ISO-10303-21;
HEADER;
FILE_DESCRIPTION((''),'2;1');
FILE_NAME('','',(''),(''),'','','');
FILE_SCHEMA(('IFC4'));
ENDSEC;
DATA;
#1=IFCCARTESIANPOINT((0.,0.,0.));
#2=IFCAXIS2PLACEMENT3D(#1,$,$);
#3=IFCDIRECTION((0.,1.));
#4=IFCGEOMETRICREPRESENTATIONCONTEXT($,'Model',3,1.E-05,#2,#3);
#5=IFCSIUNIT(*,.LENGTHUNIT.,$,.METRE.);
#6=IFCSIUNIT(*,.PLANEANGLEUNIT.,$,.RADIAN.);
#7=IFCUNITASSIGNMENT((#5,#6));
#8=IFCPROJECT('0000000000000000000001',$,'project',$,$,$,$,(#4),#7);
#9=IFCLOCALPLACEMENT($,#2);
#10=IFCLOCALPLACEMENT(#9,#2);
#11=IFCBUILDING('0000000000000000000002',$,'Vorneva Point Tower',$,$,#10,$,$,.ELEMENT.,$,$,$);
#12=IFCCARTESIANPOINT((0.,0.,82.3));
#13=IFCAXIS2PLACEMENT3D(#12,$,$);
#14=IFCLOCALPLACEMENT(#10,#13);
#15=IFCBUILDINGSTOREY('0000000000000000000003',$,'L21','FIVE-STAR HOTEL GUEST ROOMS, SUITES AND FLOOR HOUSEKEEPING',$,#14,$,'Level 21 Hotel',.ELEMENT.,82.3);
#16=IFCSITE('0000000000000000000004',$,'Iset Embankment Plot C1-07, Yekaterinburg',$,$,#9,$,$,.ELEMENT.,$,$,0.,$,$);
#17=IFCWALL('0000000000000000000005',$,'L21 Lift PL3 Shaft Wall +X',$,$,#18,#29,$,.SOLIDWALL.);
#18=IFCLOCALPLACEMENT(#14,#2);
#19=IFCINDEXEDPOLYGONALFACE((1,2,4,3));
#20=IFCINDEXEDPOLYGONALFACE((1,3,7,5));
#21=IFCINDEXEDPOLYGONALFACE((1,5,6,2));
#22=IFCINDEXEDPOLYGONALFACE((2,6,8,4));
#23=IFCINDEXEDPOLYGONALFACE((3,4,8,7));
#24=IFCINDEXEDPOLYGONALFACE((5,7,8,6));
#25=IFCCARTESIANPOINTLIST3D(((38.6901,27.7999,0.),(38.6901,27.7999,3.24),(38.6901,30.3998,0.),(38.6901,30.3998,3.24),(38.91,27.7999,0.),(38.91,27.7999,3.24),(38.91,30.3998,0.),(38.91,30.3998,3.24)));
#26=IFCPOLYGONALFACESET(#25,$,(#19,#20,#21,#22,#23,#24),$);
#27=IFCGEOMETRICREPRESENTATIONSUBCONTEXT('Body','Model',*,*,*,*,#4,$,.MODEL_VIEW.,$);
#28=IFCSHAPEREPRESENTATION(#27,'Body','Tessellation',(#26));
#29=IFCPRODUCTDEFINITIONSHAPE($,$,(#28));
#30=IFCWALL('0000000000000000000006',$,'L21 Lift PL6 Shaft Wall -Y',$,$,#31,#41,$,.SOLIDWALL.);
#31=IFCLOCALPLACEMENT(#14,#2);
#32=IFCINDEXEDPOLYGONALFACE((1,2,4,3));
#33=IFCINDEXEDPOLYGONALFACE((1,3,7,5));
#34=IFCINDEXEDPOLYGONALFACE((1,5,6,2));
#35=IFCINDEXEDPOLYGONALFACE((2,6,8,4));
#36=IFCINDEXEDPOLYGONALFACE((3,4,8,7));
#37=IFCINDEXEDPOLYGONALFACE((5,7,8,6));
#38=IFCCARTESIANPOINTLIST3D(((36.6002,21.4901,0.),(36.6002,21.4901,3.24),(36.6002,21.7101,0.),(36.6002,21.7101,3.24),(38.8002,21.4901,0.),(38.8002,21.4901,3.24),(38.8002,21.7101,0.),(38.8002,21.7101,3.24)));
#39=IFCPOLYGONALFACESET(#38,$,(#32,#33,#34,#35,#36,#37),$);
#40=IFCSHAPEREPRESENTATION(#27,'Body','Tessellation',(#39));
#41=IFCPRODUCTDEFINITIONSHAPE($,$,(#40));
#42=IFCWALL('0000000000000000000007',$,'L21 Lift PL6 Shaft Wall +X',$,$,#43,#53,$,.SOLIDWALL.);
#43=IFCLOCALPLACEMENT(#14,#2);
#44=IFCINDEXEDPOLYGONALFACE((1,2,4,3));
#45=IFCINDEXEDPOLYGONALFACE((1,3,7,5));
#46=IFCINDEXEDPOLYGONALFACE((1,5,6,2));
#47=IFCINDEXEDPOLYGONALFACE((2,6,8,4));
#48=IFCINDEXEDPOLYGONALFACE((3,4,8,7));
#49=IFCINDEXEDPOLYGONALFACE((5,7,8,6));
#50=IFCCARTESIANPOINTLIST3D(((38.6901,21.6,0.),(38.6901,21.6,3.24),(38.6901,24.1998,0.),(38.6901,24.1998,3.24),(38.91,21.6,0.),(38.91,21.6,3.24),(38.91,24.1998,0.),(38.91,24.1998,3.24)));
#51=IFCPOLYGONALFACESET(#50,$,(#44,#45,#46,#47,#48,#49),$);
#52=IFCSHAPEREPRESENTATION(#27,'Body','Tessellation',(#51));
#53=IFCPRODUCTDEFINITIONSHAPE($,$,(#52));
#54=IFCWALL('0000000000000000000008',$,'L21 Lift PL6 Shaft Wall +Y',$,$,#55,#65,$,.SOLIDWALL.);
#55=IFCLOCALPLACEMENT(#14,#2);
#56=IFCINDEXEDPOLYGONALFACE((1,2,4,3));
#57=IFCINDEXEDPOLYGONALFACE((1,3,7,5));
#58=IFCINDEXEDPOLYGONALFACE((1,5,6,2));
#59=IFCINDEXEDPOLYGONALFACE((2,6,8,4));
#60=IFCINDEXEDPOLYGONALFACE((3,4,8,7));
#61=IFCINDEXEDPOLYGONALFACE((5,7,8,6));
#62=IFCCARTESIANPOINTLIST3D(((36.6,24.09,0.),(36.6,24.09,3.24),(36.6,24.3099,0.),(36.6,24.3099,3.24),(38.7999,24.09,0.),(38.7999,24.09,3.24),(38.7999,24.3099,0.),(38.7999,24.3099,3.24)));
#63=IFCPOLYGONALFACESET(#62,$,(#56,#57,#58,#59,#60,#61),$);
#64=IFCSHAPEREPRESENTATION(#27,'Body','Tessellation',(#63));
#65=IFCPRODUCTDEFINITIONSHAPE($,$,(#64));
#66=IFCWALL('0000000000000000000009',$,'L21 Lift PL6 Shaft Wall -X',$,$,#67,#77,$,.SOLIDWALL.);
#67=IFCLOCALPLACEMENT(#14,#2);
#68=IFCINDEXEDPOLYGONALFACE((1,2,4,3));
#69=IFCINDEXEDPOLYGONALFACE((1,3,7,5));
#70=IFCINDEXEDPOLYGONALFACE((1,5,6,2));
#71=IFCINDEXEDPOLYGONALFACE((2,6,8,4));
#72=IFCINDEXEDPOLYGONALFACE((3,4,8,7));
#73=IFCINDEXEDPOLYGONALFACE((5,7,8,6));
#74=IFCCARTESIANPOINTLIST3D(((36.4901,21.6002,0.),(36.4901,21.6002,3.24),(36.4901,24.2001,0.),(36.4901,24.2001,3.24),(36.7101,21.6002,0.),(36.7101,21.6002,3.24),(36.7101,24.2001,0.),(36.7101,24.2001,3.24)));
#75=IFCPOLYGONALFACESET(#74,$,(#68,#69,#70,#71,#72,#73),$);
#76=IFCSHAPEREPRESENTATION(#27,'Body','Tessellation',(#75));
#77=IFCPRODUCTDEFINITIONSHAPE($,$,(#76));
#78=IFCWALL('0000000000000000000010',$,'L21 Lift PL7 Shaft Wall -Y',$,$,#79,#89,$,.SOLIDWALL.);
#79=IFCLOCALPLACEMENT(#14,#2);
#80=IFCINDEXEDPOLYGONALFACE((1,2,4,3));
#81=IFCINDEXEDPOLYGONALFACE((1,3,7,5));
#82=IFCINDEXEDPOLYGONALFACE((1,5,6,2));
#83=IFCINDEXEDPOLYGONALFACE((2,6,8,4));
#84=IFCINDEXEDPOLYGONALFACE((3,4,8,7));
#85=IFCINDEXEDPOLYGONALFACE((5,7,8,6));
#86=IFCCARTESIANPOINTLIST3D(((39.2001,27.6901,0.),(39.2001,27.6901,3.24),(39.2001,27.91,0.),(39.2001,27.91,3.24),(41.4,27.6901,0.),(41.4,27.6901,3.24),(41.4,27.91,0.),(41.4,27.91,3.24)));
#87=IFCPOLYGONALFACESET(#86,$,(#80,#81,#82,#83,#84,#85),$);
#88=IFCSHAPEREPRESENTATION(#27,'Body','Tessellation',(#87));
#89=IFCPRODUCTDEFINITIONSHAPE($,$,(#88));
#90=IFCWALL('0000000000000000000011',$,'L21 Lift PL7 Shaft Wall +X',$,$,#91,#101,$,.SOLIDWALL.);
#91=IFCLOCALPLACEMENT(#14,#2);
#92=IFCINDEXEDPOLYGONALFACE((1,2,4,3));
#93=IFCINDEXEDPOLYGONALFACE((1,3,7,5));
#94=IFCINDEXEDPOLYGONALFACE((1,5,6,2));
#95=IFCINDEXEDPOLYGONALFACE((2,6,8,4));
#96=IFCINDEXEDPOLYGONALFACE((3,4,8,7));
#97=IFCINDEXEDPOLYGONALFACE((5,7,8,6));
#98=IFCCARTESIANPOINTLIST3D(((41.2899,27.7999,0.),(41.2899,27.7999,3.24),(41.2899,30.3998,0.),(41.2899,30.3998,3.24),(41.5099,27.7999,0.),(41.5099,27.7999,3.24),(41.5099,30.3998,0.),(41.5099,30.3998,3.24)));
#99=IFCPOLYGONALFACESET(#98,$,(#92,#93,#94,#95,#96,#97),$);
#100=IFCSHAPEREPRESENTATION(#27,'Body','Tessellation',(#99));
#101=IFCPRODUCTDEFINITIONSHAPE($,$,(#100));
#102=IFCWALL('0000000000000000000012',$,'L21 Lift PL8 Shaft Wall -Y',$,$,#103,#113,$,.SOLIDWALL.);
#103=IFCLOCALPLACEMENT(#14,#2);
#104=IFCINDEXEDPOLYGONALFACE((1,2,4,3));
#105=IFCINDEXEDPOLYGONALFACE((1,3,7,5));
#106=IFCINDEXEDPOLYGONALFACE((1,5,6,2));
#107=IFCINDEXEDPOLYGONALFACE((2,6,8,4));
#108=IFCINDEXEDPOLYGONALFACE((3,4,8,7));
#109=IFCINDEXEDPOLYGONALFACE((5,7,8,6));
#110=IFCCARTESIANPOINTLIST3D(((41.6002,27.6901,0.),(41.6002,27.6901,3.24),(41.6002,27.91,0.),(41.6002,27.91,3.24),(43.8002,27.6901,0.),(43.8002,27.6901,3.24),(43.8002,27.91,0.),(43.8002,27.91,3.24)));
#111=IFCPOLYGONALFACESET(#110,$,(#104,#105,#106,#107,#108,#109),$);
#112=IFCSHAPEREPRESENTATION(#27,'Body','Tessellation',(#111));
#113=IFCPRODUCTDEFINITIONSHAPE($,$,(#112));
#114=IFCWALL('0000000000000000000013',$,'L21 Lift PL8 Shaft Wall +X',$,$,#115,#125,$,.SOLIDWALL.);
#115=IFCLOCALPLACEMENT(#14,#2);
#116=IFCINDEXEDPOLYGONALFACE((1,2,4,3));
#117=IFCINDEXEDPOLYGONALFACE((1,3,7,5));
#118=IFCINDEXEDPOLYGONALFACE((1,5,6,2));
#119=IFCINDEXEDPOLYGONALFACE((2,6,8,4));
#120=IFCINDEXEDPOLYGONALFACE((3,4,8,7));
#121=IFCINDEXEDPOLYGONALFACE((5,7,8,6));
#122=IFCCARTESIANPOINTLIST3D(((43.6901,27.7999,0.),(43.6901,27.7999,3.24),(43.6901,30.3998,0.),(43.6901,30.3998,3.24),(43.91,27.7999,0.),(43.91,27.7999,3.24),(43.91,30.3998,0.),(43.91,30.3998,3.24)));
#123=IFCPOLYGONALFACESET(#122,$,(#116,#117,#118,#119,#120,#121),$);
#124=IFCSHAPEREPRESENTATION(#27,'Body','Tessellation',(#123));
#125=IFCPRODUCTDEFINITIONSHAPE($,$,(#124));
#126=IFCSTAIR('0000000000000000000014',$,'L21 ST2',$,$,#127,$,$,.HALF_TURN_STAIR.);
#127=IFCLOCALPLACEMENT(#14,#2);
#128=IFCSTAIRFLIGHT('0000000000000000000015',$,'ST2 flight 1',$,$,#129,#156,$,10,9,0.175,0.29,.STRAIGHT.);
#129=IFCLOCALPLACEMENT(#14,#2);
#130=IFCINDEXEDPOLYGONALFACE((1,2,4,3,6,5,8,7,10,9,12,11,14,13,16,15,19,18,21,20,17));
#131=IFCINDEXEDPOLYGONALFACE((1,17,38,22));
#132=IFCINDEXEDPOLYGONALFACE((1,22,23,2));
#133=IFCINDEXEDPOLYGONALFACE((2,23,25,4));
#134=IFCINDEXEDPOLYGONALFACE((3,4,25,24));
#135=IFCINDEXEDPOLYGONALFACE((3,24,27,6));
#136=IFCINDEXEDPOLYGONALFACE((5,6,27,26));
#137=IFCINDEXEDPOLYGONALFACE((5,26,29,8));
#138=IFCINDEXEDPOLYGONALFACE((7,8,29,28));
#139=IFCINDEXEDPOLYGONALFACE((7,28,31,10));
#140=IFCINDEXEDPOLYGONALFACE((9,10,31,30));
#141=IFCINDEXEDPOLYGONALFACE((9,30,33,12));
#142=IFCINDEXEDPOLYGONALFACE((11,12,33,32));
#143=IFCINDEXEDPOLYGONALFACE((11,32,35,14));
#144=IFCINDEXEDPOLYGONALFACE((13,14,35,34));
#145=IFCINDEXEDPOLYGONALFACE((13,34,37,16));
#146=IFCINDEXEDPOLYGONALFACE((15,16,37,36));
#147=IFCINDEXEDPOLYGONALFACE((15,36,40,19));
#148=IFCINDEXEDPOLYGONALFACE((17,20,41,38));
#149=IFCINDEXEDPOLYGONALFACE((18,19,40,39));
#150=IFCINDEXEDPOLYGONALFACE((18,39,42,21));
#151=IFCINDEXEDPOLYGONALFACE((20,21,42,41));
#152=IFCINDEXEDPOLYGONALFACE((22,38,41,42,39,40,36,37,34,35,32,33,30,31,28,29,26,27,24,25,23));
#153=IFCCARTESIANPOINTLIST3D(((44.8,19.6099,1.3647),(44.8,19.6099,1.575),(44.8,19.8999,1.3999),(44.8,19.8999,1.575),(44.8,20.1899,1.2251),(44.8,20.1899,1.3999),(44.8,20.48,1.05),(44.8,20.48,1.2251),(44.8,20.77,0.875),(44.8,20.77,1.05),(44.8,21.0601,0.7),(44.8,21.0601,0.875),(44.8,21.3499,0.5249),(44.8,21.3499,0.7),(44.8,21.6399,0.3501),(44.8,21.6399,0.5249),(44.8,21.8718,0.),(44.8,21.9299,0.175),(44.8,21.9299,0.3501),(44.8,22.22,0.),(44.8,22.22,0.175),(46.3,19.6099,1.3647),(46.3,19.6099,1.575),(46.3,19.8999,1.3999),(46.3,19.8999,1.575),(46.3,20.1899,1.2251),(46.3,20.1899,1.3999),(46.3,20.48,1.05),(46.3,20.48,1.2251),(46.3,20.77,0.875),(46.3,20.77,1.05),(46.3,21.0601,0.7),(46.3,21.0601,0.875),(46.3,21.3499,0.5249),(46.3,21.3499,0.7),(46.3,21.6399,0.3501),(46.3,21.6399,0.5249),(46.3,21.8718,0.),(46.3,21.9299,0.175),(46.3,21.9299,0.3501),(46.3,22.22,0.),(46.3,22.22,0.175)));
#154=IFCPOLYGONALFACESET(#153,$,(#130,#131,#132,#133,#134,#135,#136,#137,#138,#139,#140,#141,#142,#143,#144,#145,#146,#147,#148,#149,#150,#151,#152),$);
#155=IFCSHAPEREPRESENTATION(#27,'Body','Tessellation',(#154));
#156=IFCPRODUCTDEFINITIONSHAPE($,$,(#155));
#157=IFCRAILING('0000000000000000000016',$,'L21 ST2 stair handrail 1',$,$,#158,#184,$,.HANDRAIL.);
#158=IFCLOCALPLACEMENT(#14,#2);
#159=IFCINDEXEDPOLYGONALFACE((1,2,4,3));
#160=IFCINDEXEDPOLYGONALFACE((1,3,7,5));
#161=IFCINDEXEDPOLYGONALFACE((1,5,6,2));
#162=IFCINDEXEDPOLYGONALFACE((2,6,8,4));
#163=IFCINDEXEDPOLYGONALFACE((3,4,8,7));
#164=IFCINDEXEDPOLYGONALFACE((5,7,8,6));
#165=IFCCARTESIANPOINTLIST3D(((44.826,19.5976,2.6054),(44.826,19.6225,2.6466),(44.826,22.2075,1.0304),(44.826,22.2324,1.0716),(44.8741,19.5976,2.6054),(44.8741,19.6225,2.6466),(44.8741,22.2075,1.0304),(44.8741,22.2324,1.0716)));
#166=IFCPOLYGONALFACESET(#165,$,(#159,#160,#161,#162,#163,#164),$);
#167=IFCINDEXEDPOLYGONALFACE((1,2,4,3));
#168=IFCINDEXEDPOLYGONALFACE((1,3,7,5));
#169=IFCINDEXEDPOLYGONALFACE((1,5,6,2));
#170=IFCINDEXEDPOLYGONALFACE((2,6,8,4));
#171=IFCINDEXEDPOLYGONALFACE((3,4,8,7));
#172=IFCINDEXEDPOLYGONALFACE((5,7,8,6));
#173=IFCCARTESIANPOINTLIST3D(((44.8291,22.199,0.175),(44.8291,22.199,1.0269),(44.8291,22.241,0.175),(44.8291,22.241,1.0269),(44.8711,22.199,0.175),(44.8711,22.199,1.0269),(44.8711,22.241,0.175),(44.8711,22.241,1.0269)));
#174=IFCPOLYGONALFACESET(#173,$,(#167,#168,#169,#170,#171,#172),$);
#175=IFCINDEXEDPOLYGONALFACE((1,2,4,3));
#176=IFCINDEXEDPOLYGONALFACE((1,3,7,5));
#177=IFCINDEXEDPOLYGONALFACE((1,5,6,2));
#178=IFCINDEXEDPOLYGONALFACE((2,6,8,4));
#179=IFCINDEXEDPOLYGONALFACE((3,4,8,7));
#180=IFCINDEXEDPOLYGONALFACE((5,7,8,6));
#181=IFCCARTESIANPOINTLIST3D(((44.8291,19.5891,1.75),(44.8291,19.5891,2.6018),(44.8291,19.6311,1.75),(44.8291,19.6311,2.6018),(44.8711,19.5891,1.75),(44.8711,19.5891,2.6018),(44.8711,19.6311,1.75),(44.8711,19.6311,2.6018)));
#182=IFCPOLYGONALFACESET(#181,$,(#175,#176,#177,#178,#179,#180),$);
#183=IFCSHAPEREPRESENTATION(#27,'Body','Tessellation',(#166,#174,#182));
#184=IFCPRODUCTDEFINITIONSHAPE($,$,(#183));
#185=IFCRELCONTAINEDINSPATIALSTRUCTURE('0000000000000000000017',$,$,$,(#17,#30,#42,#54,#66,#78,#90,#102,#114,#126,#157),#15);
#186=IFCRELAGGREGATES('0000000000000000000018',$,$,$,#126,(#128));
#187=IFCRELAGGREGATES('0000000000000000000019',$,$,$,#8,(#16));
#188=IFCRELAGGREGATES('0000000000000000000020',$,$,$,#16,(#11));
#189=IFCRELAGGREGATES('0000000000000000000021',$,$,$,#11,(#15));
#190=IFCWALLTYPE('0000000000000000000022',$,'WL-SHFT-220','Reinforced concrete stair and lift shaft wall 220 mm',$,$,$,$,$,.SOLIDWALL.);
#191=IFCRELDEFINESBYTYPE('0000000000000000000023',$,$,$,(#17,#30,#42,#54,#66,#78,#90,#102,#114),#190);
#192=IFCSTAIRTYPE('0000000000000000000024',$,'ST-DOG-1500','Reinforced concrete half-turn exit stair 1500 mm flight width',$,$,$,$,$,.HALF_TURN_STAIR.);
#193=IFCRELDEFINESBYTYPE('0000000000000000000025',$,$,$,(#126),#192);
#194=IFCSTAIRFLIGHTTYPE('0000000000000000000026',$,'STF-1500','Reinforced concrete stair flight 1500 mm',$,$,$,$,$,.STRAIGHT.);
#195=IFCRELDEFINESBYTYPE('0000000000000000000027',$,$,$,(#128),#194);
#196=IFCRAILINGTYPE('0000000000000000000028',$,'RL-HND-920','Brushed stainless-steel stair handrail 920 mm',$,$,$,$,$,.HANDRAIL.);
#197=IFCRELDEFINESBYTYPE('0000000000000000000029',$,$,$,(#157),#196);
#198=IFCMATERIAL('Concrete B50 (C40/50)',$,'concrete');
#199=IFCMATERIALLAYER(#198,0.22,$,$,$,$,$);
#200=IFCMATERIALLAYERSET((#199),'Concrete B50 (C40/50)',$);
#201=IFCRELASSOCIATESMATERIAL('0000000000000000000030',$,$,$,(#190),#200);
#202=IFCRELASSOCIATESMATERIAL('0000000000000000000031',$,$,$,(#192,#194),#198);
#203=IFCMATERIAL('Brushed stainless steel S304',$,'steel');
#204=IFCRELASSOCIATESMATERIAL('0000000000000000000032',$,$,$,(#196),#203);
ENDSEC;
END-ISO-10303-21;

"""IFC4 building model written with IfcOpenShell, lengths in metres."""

from ifc_helpers import new_model, si_unit, direction, frame, frame_2d, origin, origin_2d, place, context, subcontext, project, spatial, polyline, rectangle, outline, extrude, material, layer, layer_set, type_object, element, aggregate, save


model = new_model("IFC4")

# Units and contexts
model_context = context("Model", 3, precision=1e-05, world=origin(), true_north=direction((0.0, 1.0)))
body_context = subcontext(model_context, "Body", "Model", "MODEL_VIEW")
ifc_project = project(units=[si_unit("LENGTHUNIT", "METRE"), si_unit("PLANEANGLEUNIT", "RADIAN")], contexts=[model_context])

# Site, building, storey
site_placement = place(None, origin())
site = spatial("IfcSite", under=ifc_project, at=site_placement, Name="Iset Embankment Plot C1-07, Yekaterinburg", CompositionType="ELEMENT", RefElevation=0.0)
building_placement = place(site_placement, origin())
building = spatial("IfcBuilding", under=site, at=building_placement, Name="Vorneva Point Tower", CompositionType="ELEMENT")
storey_placement = place(building_placement, frame((0.0, 0.0, 82.3)))
storey = spatial("IfcBuildingStorey", under=building, at=storey_placement, Name="L21", Description="FIVE-STAR HOTEL GUEST ROOMS, SUITES AND FLOOR HOUSEKEEPING", LongName="Level 21 Hotel", CompositionType="ELEMENT", Elevation=82.3)

# Shared definitions
ifc_material_1 = material(Name="Concrete B50 (C40/50)", Category="concrete")
ifc_layer_1 = layer(ifc_material_1, 0.22)
ifc_layer_set_1 = layer_set([ifc_layer_1], Name="Concrete B50 (C40/50)")
wall_type_1 = type_object("IfcWallType", Name="WL-SHFT-220", Description="Reinforced concrete stair and lift shaft wall 220 mm", PredefinedType="SOLIDWALL", material=ifc_layer_set_1)
ifc_material_2 = material(Name="Brushed stainless steel S304", Category="steel")

# Walls
wall_1_placement = place(storey_placement, frame((38.8, 27.8, 0.0), z_axis=(0.0, 0.0, 1.0), x_axis=(0.0, 1.0, 0.0)))
element("IfcWall", 1, at=wall_1_placement, inside=storey, type_object=wall_type_1, Name="L21 Lift PL3 Shaft Wall +X", PredefinedType="SOLIDWALL", context=body_context, shape_type="SweptSolid", body=[
    extrude(rectangle(XDim=2.5999, YDim=0.22, at=frame_2d((1.2998, 0.0))), origin(), (0.0, 0.0, 1.0), 3.24),
])
wall_2_placement = place(storey_placement, frame((36.6001, 21.6001, 0.0), z_axis=(0.0, 0.0, 1.0), x_axis=(1.0, 0.0, 0.0)))
element("IfcWall", 2, at=wall_2_placement, inside=storey, type_object=wall_type_1, Name="L21 Lift PL6 Shaft Wall -Y", PredefinedType="SOLIDWALL", context=body_context, shape_type="SweptSolid", body=[
    extrude(rectangle(XDim=2.2, YDim=0.22, at=frame_2d((1.1001, 0.0))), origin(), (0.0, 0.0, 1.0), 3.24),
])
wall_3_placement = place(storey_placement, frame((38.8, 21.6001, 0.0), z_axis=(0.0, 0.0, 1.0), x_axis=(0.0, 1.0, 0.0)))
element("IfcWall", 3, at=wall_3_placement, inside=storey, type_object=wall_type_1, Name="L21 Lift PL6 Shaft Wall +X", PredefinedType="SOLIDWALL", context=body_context, shape_type="SweptSolid", body=[
    extrude(rectangle(XDim=2.5999, YDim=0.22, at=frame_2d((1.2998, 0.0))), origin(), (0.0, 0.0, 1.0), 3.24),
])
wall_4_placement = place(storey_placement, frame((38.8, 24.2, 0.0), z_axis=(0.0, 0.0, 1.0), x_axis=(-1.0, 0.0, 0.0)))
element("IfcWall", 4, at=wall_4_placement, inside=storey, type_object=wall_type_1, Name="L21 Lift PL6 Shaft Wall +Y", PredefinedType="SOLIDWALL", context=body_context, shape_type="SweptSolid", body=[
    extrude(rectangle(XDim=2.2, YDim=0.22, at=frame_2d((1.1001, 0.0))), origin(), (0.0, 0.0, 1.0), 3.24),
])
wall_5_placement = place(storey_placement, frame((36.6001, 24.2, 0.0), z_axis=(0.0, 0.0, 1.0), x_axis=(0.0, -1.0, 0.0)))
element("IfcWall", 5, at=wall_5_placement, inside=storey, type_object=wall_type_1, Name="L21 Lift PL6 Shaft Wall -X", PredefinedType="SOLIDWALL", context=body_context, shape_type="SweptSolid", body=[
    extrude(rectangle(XDim=2.5999, YDim=0.22, at=frame_2d((1.2998, 0.0))), origin(), (0.0, 0.0, 1.0), 3.24),
])
wall_6_placement = place(storey_placement, frame((39.2, 27.8, 0.0), z_axis=(0.0, 0.0, 1.0), x_axis=(1.0, 0.0, 0.0)))
element("IfcWall", 6, at=wall_6_placement, inside=storey, type_object=wall_type_1, Name="L21 Lift PL7 Shaft Wall -Y", PredefinedType="SOLIDWALL", context=body_context, shape_type="SweptSolid", body=[
    extrude(rectangle(XDim=2.2, YDim=0.22, at=frame_2d((1.1001, 0.0))), origin(), (0.0, 0.0, 1.0), 3.24),
])
wall_7_placement = place(storey_placement, frame((41.3999, 27.8, 0.0), z_axis=(0.0, 0.0, 1.0), x_axis=(0.0, 1.0, 0.0)))
element("IfcWall", 7, at=wall_7_placement, inside=storey, type_object=wall_type_1, Name="L21 Lift PL7 Shaft Wall +X", PredefinedType="SOLIDWALL", context=body_context, shape_type="SweptSolid", body=[
    extrude(rectangle(XDim=2.5999, YDim=0.22, at=frame_2d((1.2998, 0.0))), origin(), (0.0, 0.0, 1.0), 3.24),
])
wall_8_placement = place(storey_placement, frame((41.6001, 27.8, 0.0), z_axis=(0.0, 0.0, 1.0), x_axis=(1.0, 0.0, 0.0)))
element("IfcWall", 8, at=wall_8_placement, inside=storey, type_object=wall_type_1, Name="L21 Lift PL8 Shaft Wall -Y", PredefinedType="SOLIDWALL", context=body_context, shape_type="SweptSolid", body=[
    extrude(rectangle(XDim=2.2, YDim=0.22, at=frame_2d((1.1001, 0.0))), origin(), (0.0, 0.0, 1.0), 3.24),
])
wall_9_placement = place(storey_placement, frame((43.8, 27.8, 0.0), z_axis=(0.0, 0.0, 1.0), x_axis=(0.0, 1.0, 0.0)))
element("IfcWall", 9, at=wall_9_placement, inside=storey, type_object=wall_type_1, Name="L21 Lift PL8 Shaft Wall +X", PredefinedType="SOLIDWALL", context=body_context, shape_type="SweptSolid", body=[
    extrude(rectangle(XDim=2.5999, YDim=0.22, at=frame_2d((1.2998, 0.0))), origin(), (0.0, 0.0, 1.0), 3.24),
])

# Stair, stair flight
stair_type = type_object("IfcStairType", Name="ST-DOG-1500", Description="Reinforced concrete half-turn exit stair 1500 mm flight width", PredefinedType="HALF_TURN_STAIR", material=ifc_material_1)
stair_placement = place(storey_placement, origin())
stair = element("IfcStair", 10, at=stair_placement, inside=storey, type_object=stair_type, Name="L21 ST2", PredefinedType="HALF_TURN_STAIR")
stair_flight_type = type_object("IfcStairFlightType", Name="STF-1500", Description="Reinforced concrete stair flight 1500 mm", PredefinedType="STRAIGHT", material=ifc_material_1)
stair_flight_placement = place(storey_placement, frame((45.55, 22.22, 0.0), z_axis=(0.0, 0.0, 1.0), x_axis=(0.0, -1.0, 0.0)))
stair_flight = element("IfcStairFlight", 11, at=stair_flight_placement, type_object=stair_flight_type, Name="ST2 flight 1", NumberOfRisers=10, NumberOfTreads=9, PredefinedType="STRAIGHT", RiserHeight=0.175, TreadLength=0.29, context=body_context, shape_type="SweptSolid", body=[
    extrude(outline(polyline([(0.0, 0.0), (0.0, 0.175), (0.29, 0.175), (0.29, 0.3501), (0.5801, 0.3501), (0.5801, 0.5249), (0.8701, 0.5249), (0.8701, 0.7), (1.1599, 0.7), (1.1599, 0.875), (1.45, 0.875), (1.45, 1.05), (1.74, 1.05), (1.74, 1.2251), (2.03, 1.2251), (2.03, 1.3999), (2.3201, 1.3999), (2.3201, 1.575), (2.6101, 1.575), (2.6101, 1.75), (2.6101, 1.3647), (0.3481, 0.0), (0.0, 0.0)])), frame((0.0, 0.75, 0.0), z_axis=(0.0, -1.0, 0.0), x_axis=(1.0, 0.0, 0.0)), (0.0, 0.0, 1.0), 1.5),
])
aggregate(stair, [stair_flight])

# Railing
railing_type_1 = type_object("IfcRailingType", Name="RL-HND-920", Description="Brushed stainless-steel stair handrail 920 mm", PredefinedType="HANDRAIL", material=ifc_material_2)
railing_1_placement = place(storey_placement, frame((44.8501, 22.22, 0.175)))
element("IfcRailing", 12, at=railing_1_placement, inside=storey, type_object=railing_type_1, Name="L21 ST2 stair handrail 1", PredefinedType="HANDRAIL", context=body_context, shape_type="SweptSolid", body=[
    extrude(rectangle(XDim=0.0481, YDim=0.0481, at=origin_2d()), frame((0.0, 0.0, 0.876), z_axis=(0.0, -0.856183, 0.516673), x_axis=(1.0, 0.0, 0.0)), (0.0, 0.0, 1.0), 3.0483),
    extrude(rectangle(XDim=0.042, YDim=0.042, at=origin_2d()), origin(), (0.0, 0.0, 1.0), 0.8518),
    extrude(rectangle(XDim=0.042, YDim=0.042, at=origin_2d()), frame((0.0, -2.6099, 1.575)), (0.0, 0.0, 1.0), 0.8518),
])

save(model, "model.ifc")
